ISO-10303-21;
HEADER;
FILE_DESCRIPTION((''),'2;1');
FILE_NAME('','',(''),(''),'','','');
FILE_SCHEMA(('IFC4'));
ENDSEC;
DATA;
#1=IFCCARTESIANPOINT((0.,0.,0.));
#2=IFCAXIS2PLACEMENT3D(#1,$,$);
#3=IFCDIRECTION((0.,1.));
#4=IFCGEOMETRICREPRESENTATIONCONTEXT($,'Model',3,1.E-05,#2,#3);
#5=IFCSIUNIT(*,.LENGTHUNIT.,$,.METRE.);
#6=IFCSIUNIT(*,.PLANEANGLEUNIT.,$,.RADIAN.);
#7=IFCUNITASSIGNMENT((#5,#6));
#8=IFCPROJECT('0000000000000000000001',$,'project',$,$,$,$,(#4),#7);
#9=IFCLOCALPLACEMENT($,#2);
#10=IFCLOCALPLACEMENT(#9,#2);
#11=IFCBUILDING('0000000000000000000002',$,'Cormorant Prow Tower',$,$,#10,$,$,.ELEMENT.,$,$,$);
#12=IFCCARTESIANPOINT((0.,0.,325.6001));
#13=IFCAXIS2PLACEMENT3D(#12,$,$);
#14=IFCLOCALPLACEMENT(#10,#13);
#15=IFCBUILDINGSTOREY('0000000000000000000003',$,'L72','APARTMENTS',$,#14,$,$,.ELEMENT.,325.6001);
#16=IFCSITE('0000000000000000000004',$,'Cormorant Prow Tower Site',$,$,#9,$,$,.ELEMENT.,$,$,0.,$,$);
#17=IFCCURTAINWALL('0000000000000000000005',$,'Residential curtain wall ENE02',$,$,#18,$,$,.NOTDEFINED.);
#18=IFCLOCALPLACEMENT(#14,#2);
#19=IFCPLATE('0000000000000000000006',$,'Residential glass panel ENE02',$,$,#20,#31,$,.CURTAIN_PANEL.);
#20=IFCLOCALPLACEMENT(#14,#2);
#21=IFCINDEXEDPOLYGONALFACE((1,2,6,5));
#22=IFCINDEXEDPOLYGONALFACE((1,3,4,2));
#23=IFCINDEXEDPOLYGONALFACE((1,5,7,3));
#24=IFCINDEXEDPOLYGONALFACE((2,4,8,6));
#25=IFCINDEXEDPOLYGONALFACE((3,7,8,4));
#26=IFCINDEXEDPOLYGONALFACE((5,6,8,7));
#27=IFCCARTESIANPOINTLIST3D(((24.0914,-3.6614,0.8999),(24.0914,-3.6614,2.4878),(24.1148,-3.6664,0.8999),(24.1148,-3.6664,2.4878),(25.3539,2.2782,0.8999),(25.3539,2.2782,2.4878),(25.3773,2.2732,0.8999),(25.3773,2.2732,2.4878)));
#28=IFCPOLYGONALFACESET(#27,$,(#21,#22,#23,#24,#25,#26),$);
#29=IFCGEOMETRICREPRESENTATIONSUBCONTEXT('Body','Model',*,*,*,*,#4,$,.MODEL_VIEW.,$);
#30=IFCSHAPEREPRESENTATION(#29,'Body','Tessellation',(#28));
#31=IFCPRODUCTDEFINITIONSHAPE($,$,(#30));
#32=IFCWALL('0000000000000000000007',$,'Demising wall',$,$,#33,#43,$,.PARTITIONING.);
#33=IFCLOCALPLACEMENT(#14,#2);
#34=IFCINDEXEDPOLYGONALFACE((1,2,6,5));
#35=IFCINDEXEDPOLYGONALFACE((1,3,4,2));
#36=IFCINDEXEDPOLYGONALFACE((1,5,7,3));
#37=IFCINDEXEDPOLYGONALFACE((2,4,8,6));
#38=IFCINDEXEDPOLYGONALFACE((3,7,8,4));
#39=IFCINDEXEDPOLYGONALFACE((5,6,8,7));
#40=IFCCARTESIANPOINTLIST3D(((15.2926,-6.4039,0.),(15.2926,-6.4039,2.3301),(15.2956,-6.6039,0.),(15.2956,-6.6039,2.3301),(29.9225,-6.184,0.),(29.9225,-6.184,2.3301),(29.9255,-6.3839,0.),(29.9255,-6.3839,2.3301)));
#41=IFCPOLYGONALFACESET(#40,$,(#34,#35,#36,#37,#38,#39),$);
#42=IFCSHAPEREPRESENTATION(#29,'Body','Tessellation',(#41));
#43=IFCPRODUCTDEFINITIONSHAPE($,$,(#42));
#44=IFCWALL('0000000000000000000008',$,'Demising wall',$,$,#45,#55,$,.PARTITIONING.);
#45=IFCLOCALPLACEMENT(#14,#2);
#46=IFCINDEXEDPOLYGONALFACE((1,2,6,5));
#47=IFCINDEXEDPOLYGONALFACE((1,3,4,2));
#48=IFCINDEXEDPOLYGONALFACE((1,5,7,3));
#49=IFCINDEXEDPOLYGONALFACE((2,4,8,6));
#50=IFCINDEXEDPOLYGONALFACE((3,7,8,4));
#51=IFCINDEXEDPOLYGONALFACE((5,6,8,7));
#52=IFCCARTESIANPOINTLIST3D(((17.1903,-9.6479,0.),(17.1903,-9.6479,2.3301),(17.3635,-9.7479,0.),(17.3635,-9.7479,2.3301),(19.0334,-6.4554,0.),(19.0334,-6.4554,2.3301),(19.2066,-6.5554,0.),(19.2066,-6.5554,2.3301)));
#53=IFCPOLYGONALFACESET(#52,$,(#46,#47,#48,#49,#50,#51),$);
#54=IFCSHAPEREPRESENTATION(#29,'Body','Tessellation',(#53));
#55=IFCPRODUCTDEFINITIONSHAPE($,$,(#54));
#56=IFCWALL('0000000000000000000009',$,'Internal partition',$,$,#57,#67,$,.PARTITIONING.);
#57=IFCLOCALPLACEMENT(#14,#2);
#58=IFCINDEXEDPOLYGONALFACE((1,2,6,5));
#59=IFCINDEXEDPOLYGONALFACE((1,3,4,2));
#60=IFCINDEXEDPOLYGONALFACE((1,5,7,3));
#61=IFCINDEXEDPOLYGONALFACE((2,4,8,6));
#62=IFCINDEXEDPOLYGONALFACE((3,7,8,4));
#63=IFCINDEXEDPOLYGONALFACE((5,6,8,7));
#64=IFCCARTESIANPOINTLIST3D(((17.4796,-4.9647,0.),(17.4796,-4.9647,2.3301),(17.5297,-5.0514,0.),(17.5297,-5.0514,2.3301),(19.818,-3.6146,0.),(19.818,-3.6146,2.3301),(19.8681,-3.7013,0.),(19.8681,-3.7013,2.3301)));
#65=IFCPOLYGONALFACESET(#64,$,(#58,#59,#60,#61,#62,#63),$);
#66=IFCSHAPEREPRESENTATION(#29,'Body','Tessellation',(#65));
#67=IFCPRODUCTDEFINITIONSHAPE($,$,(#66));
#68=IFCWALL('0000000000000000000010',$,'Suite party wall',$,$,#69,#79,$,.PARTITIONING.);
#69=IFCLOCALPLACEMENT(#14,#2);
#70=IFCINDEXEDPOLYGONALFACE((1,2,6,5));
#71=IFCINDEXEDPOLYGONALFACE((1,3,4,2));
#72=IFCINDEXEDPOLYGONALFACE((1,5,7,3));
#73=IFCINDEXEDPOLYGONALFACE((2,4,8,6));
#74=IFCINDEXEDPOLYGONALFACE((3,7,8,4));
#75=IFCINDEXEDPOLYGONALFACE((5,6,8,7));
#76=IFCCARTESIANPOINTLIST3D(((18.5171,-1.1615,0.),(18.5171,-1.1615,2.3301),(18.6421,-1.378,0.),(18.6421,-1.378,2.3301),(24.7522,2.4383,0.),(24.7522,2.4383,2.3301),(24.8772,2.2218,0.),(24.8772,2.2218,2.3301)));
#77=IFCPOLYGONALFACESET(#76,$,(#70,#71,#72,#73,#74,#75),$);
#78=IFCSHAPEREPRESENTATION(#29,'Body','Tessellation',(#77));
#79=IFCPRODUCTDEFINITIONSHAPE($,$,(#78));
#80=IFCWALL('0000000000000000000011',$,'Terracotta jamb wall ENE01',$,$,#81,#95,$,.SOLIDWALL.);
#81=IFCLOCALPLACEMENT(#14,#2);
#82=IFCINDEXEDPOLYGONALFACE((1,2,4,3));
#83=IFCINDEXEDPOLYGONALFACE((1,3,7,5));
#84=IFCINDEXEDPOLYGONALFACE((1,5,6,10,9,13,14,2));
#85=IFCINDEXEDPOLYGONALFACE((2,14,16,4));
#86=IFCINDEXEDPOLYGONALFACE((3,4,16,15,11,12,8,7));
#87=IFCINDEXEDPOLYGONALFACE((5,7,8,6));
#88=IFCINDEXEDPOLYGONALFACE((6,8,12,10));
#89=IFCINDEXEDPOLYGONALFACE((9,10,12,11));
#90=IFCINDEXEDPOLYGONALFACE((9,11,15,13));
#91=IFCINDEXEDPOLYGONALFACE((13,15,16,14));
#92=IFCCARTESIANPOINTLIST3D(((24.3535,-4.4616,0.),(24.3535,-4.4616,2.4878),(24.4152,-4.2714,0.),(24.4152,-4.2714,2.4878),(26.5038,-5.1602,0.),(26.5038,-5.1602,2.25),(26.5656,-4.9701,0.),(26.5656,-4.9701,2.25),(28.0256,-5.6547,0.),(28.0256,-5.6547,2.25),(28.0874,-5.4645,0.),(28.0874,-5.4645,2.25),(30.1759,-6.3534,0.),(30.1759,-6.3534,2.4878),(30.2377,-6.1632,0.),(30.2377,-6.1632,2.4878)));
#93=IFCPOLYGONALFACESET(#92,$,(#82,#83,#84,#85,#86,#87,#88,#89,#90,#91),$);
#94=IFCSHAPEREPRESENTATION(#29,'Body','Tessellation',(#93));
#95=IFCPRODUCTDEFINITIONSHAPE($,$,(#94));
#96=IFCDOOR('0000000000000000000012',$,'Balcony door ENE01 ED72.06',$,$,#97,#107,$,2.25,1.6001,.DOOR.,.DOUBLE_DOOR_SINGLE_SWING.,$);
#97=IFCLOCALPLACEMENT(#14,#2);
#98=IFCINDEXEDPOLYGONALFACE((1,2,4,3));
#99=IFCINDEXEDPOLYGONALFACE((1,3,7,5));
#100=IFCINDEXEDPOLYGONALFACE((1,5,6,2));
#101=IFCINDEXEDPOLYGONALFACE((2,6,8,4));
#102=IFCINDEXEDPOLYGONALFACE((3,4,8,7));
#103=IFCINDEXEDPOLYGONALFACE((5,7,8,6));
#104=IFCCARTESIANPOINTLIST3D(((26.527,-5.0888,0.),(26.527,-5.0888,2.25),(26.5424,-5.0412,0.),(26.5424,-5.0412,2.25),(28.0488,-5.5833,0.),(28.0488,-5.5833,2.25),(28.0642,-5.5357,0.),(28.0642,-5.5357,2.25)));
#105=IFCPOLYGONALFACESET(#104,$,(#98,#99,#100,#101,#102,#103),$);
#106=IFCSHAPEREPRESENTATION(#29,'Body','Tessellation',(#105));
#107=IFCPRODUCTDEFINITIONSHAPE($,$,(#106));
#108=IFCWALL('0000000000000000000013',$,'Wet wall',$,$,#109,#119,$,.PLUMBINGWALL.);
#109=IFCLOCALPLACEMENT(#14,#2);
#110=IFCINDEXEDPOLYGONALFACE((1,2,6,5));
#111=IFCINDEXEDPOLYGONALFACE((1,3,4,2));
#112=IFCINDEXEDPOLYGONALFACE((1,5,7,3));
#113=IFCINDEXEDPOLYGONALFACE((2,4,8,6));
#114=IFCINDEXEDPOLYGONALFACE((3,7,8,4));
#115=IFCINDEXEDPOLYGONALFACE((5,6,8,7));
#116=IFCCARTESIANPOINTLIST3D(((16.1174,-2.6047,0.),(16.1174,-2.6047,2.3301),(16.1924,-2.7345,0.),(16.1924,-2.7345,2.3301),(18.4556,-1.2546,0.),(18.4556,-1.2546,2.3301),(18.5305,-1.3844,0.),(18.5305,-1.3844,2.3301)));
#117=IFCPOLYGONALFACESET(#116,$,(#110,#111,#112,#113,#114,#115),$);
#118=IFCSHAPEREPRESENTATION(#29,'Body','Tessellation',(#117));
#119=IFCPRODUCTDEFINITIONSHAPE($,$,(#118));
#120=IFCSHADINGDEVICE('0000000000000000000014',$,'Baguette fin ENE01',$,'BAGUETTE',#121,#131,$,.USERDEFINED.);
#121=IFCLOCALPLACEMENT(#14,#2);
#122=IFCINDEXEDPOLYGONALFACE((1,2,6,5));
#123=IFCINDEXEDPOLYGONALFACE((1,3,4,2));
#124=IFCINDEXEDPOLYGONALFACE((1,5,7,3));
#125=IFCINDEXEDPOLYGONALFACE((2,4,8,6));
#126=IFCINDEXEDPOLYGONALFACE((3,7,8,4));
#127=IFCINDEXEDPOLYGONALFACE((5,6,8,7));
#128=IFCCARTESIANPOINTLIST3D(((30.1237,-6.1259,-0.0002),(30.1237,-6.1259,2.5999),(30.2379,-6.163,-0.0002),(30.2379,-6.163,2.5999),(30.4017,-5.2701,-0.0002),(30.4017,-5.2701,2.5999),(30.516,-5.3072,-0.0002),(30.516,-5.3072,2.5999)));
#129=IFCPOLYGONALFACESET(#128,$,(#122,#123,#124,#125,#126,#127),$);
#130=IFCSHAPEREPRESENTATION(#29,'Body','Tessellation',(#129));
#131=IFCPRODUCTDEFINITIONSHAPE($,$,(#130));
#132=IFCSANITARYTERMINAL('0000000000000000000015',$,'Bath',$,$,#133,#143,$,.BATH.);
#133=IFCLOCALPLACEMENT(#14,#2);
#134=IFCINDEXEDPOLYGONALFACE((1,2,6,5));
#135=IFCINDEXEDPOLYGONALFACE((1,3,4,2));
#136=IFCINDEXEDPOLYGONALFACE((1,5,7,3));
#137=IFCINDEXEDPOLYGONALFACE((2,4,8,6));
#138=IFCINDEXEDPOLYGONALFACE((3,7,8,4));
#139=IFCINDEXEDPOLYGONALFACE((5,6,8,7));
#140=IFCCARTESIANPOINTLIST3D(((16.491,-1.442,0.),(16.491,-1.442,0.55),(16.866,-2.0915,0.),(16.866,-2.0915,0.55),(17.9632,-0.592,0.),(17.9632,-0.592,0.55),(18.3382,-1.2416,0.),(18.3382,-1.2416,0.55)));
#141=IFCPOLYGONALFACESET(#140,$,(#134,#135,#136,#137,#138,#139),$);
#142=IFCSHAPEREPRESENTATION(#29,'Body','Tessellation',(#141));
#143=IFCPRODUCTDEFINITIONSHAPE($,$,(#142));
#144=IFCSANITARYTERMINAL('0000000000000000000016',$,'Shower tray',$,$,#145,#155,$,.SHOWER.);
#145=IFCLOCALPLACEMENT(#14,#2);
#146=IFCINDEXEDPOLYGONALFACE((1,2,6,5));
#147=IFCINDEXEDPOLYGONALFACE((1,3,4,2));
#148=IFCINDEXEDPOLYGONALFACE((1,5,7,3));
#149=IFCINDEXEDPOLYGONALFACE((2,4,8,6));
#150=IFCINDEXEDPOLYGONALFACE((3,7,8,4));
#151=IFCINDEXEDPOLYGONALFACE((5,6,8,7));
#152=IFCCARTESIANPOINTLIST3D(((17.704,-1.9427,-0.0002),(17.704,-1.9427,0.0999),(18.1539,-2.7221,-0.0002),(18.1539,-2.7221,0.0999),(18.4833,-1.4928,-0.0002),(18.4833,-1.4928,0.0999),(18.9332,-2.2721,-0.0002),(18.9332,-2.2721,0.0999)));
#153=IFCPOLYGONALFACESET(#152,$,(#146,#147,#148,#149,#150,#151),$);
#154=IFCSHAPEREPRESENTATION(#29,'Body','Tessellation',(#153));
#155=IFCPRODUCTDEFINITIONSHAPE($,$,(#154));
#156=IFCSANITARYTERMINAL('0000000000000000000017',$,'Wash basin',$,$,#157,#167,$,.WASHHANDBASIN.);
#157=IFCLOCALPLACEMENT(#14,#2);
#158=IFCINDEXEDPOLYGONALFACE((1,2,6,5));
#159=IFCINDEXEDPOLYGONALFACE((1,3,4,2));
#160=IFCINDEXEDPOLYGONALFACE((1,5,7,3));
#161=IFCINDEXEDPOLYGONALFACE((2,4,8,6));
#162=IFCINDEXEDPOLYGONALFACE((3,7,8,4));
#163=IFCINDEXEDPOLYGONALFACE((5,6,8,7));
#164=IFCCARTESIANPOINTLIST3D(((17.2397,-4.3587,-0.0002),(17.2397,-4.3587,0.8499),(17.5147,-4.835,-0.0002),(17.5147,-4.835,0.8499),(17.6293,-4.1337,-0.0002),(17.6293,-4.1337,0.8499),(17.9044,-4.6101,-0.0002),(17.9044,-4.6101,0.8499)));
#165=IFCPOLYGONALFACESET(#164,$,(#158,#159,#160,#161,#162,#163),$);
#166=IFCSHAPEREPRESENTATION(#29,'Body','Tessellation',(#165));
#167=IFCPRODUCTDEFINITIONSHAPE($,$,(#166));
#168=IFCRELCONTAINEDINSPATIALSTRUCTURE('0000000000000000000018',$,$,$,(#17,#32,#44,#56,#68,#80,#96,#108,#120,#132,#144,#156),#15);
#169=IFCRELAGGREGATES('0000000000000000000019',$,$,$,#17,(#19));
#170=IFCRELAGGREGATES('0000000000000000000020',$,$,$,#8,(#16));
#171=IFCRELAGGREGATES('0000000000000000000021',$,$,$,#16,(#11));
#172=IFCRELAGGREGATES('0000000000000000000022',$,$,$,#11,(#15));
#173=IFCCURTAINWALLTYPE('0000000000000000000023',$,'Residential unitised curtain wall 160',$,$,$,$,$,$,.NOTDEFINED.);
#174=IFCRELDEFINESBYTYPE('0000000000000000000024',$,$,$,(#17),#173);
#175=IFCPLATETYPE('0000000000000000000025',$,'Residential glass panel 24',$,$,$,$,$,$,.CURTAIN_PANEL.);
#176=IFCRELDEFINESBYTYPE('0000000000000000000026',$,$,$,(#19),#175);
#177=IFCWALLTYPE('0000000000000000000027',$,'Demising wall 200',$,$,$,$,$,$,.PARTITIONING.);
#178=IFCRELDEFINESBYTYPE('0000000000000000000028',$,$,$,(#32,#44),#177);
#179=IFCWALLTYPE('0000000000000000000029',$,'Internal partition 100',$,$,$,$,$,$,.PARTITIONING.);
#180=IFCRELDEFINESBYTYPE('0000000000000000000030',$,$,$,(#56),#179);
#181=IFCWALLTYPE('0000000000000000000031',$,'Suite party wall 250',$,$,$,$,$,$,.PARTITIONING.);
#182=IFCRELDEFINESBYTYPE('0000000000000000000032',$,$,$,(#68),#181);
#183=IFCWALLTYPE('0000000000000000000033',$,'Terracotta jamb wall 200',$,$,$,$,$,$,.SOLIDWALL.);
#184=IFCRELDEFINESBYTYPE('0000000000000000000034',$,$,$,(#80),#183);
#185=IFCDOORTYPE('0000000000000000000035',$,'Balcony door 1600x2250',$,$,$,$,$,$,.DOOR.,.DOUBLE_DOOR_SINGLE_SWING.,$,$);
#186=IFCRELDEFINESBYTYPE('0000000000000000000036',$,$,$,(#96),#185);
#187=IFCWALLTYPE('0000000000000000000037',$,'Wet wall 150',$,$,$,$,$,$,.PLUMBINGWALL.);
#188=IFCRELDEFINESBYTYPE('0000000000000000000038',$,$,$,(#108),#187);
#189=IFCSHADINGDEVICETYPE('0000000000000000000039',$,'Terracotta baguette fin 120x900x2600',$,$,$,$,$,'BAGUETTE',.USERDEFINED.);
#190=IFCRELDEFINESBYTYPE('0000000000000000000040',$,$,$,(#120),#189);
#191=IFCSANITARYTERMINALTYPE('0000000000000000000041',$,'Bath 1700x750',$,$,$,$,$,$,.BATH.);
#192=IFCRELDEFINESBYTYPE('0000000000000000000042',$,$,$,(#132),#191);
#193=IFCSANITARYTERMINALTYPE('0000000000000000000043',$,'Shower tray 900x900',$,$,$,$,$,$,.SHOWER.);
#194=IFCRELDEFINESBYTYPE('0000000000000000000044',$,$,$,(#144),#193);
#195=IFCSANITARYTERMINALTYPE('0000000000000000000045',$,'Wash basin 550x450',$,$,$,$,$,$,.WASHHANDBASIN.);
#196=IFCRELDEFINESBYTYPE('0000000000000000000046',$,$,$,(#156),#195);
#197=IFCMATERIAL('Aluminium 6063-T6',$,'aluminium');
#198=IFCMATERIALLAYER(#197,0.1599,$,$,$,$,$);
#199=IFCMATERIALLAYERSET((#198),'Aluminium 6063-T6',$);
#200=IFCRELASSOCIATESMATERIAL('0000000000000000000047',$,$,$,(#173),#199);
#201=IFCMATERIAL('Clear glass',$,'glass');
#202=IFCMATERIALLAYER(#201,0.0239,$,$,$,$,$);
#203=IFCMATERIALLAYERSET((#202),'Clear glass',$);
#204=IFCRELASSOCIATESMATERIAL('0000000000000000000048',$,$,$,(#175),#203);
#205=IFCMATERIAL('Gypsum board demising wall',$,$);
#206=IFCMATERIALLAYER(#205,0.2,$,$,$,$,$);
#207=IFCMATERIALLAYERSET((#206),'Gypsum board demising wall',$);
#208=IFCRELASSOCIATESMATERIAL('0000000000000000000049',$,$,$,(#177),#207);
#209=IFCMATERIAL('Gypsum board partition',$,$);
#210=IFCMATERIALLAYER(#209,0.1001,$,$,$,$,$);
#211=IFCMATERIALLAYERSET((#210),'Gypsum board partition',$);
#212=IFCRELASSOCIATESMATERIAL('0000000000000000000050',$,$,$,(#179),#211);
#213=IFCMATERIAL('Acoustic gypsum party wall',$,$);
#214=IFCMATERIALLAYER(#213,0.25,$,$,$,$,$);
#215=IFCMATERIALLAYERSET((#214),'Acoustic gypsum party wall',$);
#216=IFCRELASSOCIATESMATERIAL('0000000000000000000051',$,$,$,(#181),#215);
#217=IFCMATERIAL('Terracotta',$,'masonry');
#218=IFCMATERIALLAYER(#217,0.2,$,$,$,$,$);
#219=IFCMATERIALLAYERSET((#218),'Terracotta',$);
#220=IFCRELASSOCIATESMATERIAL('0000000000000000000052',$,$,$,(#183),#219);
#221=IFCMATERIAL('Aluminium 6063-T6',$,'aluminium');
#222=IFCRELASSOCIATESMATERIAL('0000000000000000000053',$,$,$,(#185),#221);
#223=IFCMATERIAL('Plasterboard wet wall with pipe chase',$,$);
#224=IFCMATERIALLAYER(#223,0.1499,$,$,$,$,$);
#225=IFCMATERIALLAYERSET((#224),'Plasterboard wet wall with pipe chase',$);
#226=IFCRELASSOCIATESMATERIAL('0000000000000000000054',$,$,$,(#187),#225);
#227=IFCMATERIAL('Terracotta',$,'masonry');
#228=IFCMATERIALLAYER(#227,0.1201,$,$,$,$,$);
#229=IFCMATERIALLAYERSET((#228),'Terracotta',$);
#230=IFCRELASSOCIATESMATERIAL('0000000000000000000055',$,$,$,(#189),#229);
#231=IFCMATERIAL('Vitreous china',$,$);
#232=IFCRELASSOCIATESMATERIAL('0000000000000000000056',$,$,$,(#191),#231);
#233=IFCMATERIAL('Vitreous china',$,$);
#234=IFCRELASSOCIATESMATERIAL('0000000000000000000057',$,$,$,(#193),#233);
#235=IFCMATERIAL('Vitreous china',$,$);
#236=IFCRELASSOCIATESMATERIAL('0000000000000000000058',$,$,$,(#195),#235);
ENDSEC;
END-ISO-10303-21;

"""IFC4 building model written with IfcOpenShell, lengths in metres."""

from ifc_helpers import new_model, si_unit, direction, frame, frame_2d, origin, origin_2d, place, context, subcontext, project, spatial, rectangle, extrude, material, layer, layer_set, type_object, element, fill, aggregate, save


model = new_model("IFC4")

# Units and contexts
model_context = context("Model", 3, precision=1e-05, world=origin(), true_north=direction((0.0, 1.0)))
body_context = subcontext(model_context, "Body", "Model", "MODEL_VIEW")
ifc_project = project(units=[si_unit("LENGTHUNIT", "METRE"), si_unit("PLANEANGLEUNIT", "RADIAN")], contexts=[model_context])

# Site, building, storey
site_placement = place(None, origin())
site = spatial("IfcSite", under=ifc_project, at=site_placement, Name="Cormorant Prow Tower Site", CompositionType="ELEMENT", RefElevation=0.0)
building_placement = place(site_placement, origin())
building = spatial("IfcBuilding", under=site, at=building_placement, Name="Cormorant Prow Tower", CompositionType="ELEMENT")
storey_placement = place(building_placement, frame((0.0, 0.0, 325.6001)))
storey = spatial("IfcBuildingStorey", under=building, at=storey_placement, Name="L72", Description="APARTMENTS", CompositionType="ELEMENT", Elevation=325.6001)

# Curtain wall
ifc_material_1 = material(Name="Aluminium 6063-T6", Category="aluminium")
ifc_layer_1 = layer(ifc_material_1, 0.1599)
ifc_layer_set_1 = layer_set([ifc_layer_1], Name="Aluminium 6063-T6")
curtain_wall_type = type_object("IfcCurtainWallType", Name="Residential unitised curtain wall 160", PredefinedType="NOTDEFINED", material=ifc_layer_set_1)
curtain_wall_1_placement = place(storey_placement, origin())
curtain_wall_1 = element("IfcCurtainWall", 1, at=curtain_wall_1_placement, inside=storey, type_object=curtain_wall_type, Name="Residential curtain wall ENE02", PredefinedType="NOTDEFINED")

# Plate
ifc_material_2 = material(Name="Clear glass", Category="glass")
ifc_layer_2 = layer(ifc_material_2, 0.0239)
ifc_layer_set_2 = layer_set([ifc_layer_2], Name="Clear glass")
plate_type = type_object("IfcPlateType", Name="Residential glass panel 24", PredefinedType="CURTAIN_PANEL", material=ifc_layer_set_2)
plate_1_placement = place(storey_placement, frame((24.7344, -0.6941, 0.8999), z_axis=(0.0, 0.0, 1.0), x_axis=(0.207912, 0.978148, 0.0)))
plate_1 = element("IfcPlate", 2, at=plate_1_placement, type_object=plate_type, Name="Residential glass panel ENE02", PredefinedType="CURTAIN_PANEL", context=body_context, shape_type="SweptSolid", body=[
    extrude(rectangle(XDim=6.0723, YDim=0.0239, at=origin_2d()), origin(), (0.0, 0.0, 1.0), 1.5879),
])
aggregate(curtain_wall_1, [plate_1])

# Walls
ifc_material_3 = material(Name="Gypsum board demising wall")
ifc_layer_3 = layer(ifc_material_3, 0.2)
ifc_layer_set_3 = layer_set([ifc_layer_3], Name="Gypsum board demising wall")
wall_type_1 = type_object("IfcWallType", Name="Demising wall 200", PredefinedType="PARTITIONING", material=ifc_layer_set_3)
wall_1_placement = place(storey_placement, frame((15.2939, -6.5039, 0.0), z_axis=(0.0, 0.0, 1.0), x_axis=(0.999887, 0.015034, 0.0)))
element("IfcWall", 3, at=wall_1_placement, inside=storey, type_object=wall_type_1, Name="Demising wall", PredefinedType="PARTITIONING", context=body_context, shape_type="SweptSolid", body=[
    extrude(rectangle(XDim=14.6316, YDim=0.2, at=frame_2d((7.3159, 0.0))), origin(), (0.0, 0.0, 1.0), 2.3301),
])
wall_2_placement = place(storey_placement, frame((17.2769, -9.698, 0.0), z_axis=(0.0, 0.0, 1.0), x_axis=(0.499979, 0.866038, 0.0)))
element("IfcWall", 4, at=wall_2_placement, inside=storey, type_object=wall_type_1, Name="Demising wall", PredefinedType="PARTITIONING", context=body_context, shape_type="SweptSolid", body=[
    extrude(rectangle(XDim=3.6863, YDim=0.2, at=frame_2d((1.8433, 0.0))), origin(), (0.0, 0.0, 1.0), 2.3301),
])
ifc_material_4 = material(Name="Gypsum board partition")
ifc_layer_4 = layer(ifc_material_4, 0.1001)
ifc_layer_set_4 = layer_set([ifc_layer_4], Name="Gypsum board partition")
wall_type_2 = type_object("IfcWallType", Name="Internal partition 100", PredefinedType="PARTITIONING", material=ifc_layer_set_4)
wall_3_placement = place(storey_placement, frame((17.5046, -5.0081, 0.0), z_axis=(0.0, 0.0, 1.0), x_axis=(0.86602, 0.500009, 0.0)))
element("IfcWall", 5, at=wall_3_placement, inside=storey, type_object=wall_type_2, Name="Internal partition", PredefinedType="PARTITIONING", context=body_context, shape_type="SweptSolid", body=[
    extrude(rectangle(XDim=2.7002, YDim=0.1001, at=frame_2d((1.3501, 0.0))), origin(), (0.0, 0.0, 1.0), 2.3301),
])
ifc_material_5 = material(Name="Acoustic gypsum party wall")
ifc_layer_5 = layer(ifc_material_5, 0.25)
ifc_layer_set_5 = layer_set([ifc_layer_5], Name="Acoustic gypsum party wall")
wall_type_3 = type_object("IfcWallType", Name="Suite party wall 250", PredefinedType="PARTITIONING", material=ifc_layer_set_5)
wall_4_placement = place(storey_placement, frame((18.5796, -1.2698, 0.0), z_axis=(0.0, 0.0, 1.0), x_axis=(0.866025, 0.500001, 0.0)))
element("IfcWall", 6, at=wall_4_placement, inside=storey, type_object=wall_type_3, Name="Suite party wall", PredefinedType="PARTITIONING", context=body_context, shape_type="SweptSolid", body=[
    extrude(rectangle(XDim=7.1997, YDim=0.25, at=frame_2d((3.5999, 0.0))), origin(), (0.0, 0.0, 1.0), 2.3301),
])

# Wall, opening, door
ifc_material_6 = material(Name="Terracotta", Category="masonry")
ifc_layer_6 = layer(ifc_material_6, 0.2)
ifc_layer_set_6 = layer_set([ifc_layer_6], Name="Terracotta")
wall_type_4 = type_object("IfcWallType", Name="Terracotta jamb wall 200", PredefinedType="SOLIDWALL", material=ifc_layer_set_6)
wall_5_placement = place(storey_placement, frame((30.2068, -6.2583, 0.0), z_axis=(0.0, 0.0, 1.0), x_axis=(-0.951057, 0.309017, 0.0)))
wall_5 = element("IfcWall", 7, at=wall_5_placement, inside=storey, type_object=wall_type_4, Name="Terracotta jamb wall ENE01", PredefinedType="SOLIDWALL", context=body_context, shape_type="SweptSolid", body=[
    extrude(rectangle(XDim=6.1221, YDim=0.2, at=frame_2d((3.061, 0.0))), origin(), (0.0, 0.0, 1.0), 2.4878),
])
opening_placement = place(wall_5_placement, frame((2.261, 0.0, 0.0)))
opening = element("IfcOpeningElement", 8, at=opening_placement, cuts=wall_5, PredefinedType="OPENING", context=body_context, shape_type="SweptSolid", body=[
    extrude(rectangle(XDim=1.6001, YDim=2.25, at=frame_2d((0.8, 1.125))), frame((0.0, 0.1099, 0.0), z_axis=(0.0, -1.0, 0.0), x_axis=(1.0, 0.0, 0.0)), (0.0, 0.0, 1.0), 0.22),
])
ifc_material_7 = material(Name="Aluminium 6063-T6", Category="aluminium")
door_type = type_object("IfcDoorType", Name="Balcony door 1600x2250", OperationType="DOUBLE_DOOR_SINGLE_SWING", PredefinedType="DOOR", material=ifc_material_7)
door_placement = place(opening_placement, origin())
door = element("IfcDoor", 9, at=door_placement, inside=storey, type_object=door_type, Name="Balcony door ENE01 ED72.06", OperationType="DOUBLE_DOOR_SINGLE_SWING", OverallHeight=2.25, OverallWidth=1.6001, PredefinedType="DOOR", context=body_context, shape_type="SweptSolid", body=[
    extrude(rectangle(XDim=1.6001, YDim=2.25, at=frame_2d((0.8, 1.125))), frame((0.0, 0.0249, 0.0), z_axis=(0.0, -1.0, 0.0), x_axis=(1.0, 0.0, 0.0)), (0.0, 0.0, 1.0), 0.05),
])
fill(opening, door)

# Wall
ifc_material_8 = material(Name="Plasterboard wet wall with pipe chase")
ifc_layer_7 = layer(ifc_material_8, 0.1499)
ifc_layer_set_7 = layer_set([ifc_layer_7], Name="Plasterboard wet wall with pipe chase")
wall_type_5 = type_object("IfcWallType", Name="Wet wall 150", PredefinedType="PLUMBINGWALL", material=ifc_layer_set_7)
wall_6_placement = place(storey_placement, frame((16.1548, -2.6697, 0.0), z_axis=(0.0, 0.0, 1.0), x_axis=(0.865997, 0.500049, 0.0)))
element("IfcWall", 10, at=wall_6_placement, inside=storey, type_object=wall_type_5, Name="Wet wall", PredefinedType="PLUMBINGWALL", context=body_context, shape_type="SweptSolid", body=[
    extrude(rectangle(XDim=2.7, YDim=0.1499, at=frame_2d((1.3501, 0.0))), origin(), (0.0, 0.0, 1.0), 2.3301),
])

# Shading device
ifc_material_9 = material(Name="Terracotta", Category="masonry")
ifc_layer_8 = layer(ifc_material_9, 0.1201)
ifc_layer_set_8 = layer_set([ifc_layer_8], Name="Terracotta")
shading_device_type = type_object("IfcShadingDeviceType", Name="Terracotta baguette fin 120x900x2600", ElementType="BAGUETTE", PredefinedType="USERDEFINED", material=ifc_layer_set_8)
shading_device_placement = place(storey_placement, frame((30.3198, -5.7166, -0.0002), z_axis=(0.0, 0.0, 1.0), x_axis=(-0.951057, 0.309017, 0.0)))
element("IfcShadingDevice", 11, at=shading_device_placement, inside=storey, type_object=shading_device_type, Name="Baguette fin ENE01", ObjectType="BAGUETTE", PredefinedType="USERDEFINED", context=body_context, shape_type="SweptSolid", body=[
    extrude(rectangle(XDim=0.1201, YDim=0.8999, at=origin_2d()), origin(), (0.0, 0.0, 1.0), 2.6001),
])

# Sanitary terminals
ifc_material_10 = material(Name="Vitreous china")
sanitary_terminal_type_1 = type_object("IfcSanitaryTerminalType", Name="Bath 1700x750", PredefinedType="BATH", material=ifc_material_10)
sanitary_terminal_1_placement = place(storey_placement, frame((17.4146, -1.3418, 0.0), z_axis=(0.0, 0.0, 1.0), x_axis=(-0.866025, -0.5, 0.0)))
element("IfcSanitaryTerminal", 12, at=sanitary_terminal_1_placement, inside=storey, type_object=sanitary_terminal_type_1, Name="Bath", PredefinedType="BATH", context=body_context, shape_type="SweptSolid", body=[
    extrude(rectangle(XDim=1.7, YDim=0.75, at=origin_2d()), origin(), (0.0, 0.0, 1.0), 0.55),
])
ifc_material_11 = material(Name="Vitreous china")
sanitary_terminal_type_2 = type_object("IfcSanitaryTerminalType", Name="Shower tray 900x900", PredefinedType="SHOWER", material=ifc_material_11)
sanitary_terminal_2_placement = place(storey_placement, frame((18.3186, -2.1074, -0.0002), z_axis=(0.0, 0.0, 1.0), x_axis=(0.5, -0.866025, 0.0)))
element("IfcSanitaryTerminal", 13, at=sanitary_terminal_2_placement, inside=storey, type_object=sanitary_terminal_type_2, Name="Shower tray", PredefinedType="SHOWER", context=body_context, shape_type="SweptSolid", body=[
    extrude(rectangle(XDim=0.8999, YDim=0.8999, at=origin_2d()), origin(), (0.0, 0.0, 1.0), 0.1001),
])
ifc_material_12 = material(Name="Vitreous china")
sanitary_terminal_type_3 = type_object("IfcSanitaryTerminalType", Name="Wash basin 550x450", PredefinedType="WASHHANDBASIN", material=ifc_material_12)
for number, where, z_axis, x_axis, name in (
    (14, (17.572, -4.4844, -0.0002), (0.0, 0.0, 1.0), (-0.5, 0.866025, 0.0), "Wash basin"),
):
    element("IfcSanitaryTerminal", number, at=place(storey_placement, frame(where, z_axis=z_axis, x_axis=x_axis)), inside=storey, type_object=sanitary_terminal_type_3, Name=name, PredefinedType="WASHHANDBASIN", context=body_context, shape_type="SweptSolid", body=[
        extrude(rectangle(XDim=0.55, YDim=0.45, at=origin_2d()), origin(), (0.0, 0.0, 1.0), 0.8501),
    ])

save(model, "model.ifc")
